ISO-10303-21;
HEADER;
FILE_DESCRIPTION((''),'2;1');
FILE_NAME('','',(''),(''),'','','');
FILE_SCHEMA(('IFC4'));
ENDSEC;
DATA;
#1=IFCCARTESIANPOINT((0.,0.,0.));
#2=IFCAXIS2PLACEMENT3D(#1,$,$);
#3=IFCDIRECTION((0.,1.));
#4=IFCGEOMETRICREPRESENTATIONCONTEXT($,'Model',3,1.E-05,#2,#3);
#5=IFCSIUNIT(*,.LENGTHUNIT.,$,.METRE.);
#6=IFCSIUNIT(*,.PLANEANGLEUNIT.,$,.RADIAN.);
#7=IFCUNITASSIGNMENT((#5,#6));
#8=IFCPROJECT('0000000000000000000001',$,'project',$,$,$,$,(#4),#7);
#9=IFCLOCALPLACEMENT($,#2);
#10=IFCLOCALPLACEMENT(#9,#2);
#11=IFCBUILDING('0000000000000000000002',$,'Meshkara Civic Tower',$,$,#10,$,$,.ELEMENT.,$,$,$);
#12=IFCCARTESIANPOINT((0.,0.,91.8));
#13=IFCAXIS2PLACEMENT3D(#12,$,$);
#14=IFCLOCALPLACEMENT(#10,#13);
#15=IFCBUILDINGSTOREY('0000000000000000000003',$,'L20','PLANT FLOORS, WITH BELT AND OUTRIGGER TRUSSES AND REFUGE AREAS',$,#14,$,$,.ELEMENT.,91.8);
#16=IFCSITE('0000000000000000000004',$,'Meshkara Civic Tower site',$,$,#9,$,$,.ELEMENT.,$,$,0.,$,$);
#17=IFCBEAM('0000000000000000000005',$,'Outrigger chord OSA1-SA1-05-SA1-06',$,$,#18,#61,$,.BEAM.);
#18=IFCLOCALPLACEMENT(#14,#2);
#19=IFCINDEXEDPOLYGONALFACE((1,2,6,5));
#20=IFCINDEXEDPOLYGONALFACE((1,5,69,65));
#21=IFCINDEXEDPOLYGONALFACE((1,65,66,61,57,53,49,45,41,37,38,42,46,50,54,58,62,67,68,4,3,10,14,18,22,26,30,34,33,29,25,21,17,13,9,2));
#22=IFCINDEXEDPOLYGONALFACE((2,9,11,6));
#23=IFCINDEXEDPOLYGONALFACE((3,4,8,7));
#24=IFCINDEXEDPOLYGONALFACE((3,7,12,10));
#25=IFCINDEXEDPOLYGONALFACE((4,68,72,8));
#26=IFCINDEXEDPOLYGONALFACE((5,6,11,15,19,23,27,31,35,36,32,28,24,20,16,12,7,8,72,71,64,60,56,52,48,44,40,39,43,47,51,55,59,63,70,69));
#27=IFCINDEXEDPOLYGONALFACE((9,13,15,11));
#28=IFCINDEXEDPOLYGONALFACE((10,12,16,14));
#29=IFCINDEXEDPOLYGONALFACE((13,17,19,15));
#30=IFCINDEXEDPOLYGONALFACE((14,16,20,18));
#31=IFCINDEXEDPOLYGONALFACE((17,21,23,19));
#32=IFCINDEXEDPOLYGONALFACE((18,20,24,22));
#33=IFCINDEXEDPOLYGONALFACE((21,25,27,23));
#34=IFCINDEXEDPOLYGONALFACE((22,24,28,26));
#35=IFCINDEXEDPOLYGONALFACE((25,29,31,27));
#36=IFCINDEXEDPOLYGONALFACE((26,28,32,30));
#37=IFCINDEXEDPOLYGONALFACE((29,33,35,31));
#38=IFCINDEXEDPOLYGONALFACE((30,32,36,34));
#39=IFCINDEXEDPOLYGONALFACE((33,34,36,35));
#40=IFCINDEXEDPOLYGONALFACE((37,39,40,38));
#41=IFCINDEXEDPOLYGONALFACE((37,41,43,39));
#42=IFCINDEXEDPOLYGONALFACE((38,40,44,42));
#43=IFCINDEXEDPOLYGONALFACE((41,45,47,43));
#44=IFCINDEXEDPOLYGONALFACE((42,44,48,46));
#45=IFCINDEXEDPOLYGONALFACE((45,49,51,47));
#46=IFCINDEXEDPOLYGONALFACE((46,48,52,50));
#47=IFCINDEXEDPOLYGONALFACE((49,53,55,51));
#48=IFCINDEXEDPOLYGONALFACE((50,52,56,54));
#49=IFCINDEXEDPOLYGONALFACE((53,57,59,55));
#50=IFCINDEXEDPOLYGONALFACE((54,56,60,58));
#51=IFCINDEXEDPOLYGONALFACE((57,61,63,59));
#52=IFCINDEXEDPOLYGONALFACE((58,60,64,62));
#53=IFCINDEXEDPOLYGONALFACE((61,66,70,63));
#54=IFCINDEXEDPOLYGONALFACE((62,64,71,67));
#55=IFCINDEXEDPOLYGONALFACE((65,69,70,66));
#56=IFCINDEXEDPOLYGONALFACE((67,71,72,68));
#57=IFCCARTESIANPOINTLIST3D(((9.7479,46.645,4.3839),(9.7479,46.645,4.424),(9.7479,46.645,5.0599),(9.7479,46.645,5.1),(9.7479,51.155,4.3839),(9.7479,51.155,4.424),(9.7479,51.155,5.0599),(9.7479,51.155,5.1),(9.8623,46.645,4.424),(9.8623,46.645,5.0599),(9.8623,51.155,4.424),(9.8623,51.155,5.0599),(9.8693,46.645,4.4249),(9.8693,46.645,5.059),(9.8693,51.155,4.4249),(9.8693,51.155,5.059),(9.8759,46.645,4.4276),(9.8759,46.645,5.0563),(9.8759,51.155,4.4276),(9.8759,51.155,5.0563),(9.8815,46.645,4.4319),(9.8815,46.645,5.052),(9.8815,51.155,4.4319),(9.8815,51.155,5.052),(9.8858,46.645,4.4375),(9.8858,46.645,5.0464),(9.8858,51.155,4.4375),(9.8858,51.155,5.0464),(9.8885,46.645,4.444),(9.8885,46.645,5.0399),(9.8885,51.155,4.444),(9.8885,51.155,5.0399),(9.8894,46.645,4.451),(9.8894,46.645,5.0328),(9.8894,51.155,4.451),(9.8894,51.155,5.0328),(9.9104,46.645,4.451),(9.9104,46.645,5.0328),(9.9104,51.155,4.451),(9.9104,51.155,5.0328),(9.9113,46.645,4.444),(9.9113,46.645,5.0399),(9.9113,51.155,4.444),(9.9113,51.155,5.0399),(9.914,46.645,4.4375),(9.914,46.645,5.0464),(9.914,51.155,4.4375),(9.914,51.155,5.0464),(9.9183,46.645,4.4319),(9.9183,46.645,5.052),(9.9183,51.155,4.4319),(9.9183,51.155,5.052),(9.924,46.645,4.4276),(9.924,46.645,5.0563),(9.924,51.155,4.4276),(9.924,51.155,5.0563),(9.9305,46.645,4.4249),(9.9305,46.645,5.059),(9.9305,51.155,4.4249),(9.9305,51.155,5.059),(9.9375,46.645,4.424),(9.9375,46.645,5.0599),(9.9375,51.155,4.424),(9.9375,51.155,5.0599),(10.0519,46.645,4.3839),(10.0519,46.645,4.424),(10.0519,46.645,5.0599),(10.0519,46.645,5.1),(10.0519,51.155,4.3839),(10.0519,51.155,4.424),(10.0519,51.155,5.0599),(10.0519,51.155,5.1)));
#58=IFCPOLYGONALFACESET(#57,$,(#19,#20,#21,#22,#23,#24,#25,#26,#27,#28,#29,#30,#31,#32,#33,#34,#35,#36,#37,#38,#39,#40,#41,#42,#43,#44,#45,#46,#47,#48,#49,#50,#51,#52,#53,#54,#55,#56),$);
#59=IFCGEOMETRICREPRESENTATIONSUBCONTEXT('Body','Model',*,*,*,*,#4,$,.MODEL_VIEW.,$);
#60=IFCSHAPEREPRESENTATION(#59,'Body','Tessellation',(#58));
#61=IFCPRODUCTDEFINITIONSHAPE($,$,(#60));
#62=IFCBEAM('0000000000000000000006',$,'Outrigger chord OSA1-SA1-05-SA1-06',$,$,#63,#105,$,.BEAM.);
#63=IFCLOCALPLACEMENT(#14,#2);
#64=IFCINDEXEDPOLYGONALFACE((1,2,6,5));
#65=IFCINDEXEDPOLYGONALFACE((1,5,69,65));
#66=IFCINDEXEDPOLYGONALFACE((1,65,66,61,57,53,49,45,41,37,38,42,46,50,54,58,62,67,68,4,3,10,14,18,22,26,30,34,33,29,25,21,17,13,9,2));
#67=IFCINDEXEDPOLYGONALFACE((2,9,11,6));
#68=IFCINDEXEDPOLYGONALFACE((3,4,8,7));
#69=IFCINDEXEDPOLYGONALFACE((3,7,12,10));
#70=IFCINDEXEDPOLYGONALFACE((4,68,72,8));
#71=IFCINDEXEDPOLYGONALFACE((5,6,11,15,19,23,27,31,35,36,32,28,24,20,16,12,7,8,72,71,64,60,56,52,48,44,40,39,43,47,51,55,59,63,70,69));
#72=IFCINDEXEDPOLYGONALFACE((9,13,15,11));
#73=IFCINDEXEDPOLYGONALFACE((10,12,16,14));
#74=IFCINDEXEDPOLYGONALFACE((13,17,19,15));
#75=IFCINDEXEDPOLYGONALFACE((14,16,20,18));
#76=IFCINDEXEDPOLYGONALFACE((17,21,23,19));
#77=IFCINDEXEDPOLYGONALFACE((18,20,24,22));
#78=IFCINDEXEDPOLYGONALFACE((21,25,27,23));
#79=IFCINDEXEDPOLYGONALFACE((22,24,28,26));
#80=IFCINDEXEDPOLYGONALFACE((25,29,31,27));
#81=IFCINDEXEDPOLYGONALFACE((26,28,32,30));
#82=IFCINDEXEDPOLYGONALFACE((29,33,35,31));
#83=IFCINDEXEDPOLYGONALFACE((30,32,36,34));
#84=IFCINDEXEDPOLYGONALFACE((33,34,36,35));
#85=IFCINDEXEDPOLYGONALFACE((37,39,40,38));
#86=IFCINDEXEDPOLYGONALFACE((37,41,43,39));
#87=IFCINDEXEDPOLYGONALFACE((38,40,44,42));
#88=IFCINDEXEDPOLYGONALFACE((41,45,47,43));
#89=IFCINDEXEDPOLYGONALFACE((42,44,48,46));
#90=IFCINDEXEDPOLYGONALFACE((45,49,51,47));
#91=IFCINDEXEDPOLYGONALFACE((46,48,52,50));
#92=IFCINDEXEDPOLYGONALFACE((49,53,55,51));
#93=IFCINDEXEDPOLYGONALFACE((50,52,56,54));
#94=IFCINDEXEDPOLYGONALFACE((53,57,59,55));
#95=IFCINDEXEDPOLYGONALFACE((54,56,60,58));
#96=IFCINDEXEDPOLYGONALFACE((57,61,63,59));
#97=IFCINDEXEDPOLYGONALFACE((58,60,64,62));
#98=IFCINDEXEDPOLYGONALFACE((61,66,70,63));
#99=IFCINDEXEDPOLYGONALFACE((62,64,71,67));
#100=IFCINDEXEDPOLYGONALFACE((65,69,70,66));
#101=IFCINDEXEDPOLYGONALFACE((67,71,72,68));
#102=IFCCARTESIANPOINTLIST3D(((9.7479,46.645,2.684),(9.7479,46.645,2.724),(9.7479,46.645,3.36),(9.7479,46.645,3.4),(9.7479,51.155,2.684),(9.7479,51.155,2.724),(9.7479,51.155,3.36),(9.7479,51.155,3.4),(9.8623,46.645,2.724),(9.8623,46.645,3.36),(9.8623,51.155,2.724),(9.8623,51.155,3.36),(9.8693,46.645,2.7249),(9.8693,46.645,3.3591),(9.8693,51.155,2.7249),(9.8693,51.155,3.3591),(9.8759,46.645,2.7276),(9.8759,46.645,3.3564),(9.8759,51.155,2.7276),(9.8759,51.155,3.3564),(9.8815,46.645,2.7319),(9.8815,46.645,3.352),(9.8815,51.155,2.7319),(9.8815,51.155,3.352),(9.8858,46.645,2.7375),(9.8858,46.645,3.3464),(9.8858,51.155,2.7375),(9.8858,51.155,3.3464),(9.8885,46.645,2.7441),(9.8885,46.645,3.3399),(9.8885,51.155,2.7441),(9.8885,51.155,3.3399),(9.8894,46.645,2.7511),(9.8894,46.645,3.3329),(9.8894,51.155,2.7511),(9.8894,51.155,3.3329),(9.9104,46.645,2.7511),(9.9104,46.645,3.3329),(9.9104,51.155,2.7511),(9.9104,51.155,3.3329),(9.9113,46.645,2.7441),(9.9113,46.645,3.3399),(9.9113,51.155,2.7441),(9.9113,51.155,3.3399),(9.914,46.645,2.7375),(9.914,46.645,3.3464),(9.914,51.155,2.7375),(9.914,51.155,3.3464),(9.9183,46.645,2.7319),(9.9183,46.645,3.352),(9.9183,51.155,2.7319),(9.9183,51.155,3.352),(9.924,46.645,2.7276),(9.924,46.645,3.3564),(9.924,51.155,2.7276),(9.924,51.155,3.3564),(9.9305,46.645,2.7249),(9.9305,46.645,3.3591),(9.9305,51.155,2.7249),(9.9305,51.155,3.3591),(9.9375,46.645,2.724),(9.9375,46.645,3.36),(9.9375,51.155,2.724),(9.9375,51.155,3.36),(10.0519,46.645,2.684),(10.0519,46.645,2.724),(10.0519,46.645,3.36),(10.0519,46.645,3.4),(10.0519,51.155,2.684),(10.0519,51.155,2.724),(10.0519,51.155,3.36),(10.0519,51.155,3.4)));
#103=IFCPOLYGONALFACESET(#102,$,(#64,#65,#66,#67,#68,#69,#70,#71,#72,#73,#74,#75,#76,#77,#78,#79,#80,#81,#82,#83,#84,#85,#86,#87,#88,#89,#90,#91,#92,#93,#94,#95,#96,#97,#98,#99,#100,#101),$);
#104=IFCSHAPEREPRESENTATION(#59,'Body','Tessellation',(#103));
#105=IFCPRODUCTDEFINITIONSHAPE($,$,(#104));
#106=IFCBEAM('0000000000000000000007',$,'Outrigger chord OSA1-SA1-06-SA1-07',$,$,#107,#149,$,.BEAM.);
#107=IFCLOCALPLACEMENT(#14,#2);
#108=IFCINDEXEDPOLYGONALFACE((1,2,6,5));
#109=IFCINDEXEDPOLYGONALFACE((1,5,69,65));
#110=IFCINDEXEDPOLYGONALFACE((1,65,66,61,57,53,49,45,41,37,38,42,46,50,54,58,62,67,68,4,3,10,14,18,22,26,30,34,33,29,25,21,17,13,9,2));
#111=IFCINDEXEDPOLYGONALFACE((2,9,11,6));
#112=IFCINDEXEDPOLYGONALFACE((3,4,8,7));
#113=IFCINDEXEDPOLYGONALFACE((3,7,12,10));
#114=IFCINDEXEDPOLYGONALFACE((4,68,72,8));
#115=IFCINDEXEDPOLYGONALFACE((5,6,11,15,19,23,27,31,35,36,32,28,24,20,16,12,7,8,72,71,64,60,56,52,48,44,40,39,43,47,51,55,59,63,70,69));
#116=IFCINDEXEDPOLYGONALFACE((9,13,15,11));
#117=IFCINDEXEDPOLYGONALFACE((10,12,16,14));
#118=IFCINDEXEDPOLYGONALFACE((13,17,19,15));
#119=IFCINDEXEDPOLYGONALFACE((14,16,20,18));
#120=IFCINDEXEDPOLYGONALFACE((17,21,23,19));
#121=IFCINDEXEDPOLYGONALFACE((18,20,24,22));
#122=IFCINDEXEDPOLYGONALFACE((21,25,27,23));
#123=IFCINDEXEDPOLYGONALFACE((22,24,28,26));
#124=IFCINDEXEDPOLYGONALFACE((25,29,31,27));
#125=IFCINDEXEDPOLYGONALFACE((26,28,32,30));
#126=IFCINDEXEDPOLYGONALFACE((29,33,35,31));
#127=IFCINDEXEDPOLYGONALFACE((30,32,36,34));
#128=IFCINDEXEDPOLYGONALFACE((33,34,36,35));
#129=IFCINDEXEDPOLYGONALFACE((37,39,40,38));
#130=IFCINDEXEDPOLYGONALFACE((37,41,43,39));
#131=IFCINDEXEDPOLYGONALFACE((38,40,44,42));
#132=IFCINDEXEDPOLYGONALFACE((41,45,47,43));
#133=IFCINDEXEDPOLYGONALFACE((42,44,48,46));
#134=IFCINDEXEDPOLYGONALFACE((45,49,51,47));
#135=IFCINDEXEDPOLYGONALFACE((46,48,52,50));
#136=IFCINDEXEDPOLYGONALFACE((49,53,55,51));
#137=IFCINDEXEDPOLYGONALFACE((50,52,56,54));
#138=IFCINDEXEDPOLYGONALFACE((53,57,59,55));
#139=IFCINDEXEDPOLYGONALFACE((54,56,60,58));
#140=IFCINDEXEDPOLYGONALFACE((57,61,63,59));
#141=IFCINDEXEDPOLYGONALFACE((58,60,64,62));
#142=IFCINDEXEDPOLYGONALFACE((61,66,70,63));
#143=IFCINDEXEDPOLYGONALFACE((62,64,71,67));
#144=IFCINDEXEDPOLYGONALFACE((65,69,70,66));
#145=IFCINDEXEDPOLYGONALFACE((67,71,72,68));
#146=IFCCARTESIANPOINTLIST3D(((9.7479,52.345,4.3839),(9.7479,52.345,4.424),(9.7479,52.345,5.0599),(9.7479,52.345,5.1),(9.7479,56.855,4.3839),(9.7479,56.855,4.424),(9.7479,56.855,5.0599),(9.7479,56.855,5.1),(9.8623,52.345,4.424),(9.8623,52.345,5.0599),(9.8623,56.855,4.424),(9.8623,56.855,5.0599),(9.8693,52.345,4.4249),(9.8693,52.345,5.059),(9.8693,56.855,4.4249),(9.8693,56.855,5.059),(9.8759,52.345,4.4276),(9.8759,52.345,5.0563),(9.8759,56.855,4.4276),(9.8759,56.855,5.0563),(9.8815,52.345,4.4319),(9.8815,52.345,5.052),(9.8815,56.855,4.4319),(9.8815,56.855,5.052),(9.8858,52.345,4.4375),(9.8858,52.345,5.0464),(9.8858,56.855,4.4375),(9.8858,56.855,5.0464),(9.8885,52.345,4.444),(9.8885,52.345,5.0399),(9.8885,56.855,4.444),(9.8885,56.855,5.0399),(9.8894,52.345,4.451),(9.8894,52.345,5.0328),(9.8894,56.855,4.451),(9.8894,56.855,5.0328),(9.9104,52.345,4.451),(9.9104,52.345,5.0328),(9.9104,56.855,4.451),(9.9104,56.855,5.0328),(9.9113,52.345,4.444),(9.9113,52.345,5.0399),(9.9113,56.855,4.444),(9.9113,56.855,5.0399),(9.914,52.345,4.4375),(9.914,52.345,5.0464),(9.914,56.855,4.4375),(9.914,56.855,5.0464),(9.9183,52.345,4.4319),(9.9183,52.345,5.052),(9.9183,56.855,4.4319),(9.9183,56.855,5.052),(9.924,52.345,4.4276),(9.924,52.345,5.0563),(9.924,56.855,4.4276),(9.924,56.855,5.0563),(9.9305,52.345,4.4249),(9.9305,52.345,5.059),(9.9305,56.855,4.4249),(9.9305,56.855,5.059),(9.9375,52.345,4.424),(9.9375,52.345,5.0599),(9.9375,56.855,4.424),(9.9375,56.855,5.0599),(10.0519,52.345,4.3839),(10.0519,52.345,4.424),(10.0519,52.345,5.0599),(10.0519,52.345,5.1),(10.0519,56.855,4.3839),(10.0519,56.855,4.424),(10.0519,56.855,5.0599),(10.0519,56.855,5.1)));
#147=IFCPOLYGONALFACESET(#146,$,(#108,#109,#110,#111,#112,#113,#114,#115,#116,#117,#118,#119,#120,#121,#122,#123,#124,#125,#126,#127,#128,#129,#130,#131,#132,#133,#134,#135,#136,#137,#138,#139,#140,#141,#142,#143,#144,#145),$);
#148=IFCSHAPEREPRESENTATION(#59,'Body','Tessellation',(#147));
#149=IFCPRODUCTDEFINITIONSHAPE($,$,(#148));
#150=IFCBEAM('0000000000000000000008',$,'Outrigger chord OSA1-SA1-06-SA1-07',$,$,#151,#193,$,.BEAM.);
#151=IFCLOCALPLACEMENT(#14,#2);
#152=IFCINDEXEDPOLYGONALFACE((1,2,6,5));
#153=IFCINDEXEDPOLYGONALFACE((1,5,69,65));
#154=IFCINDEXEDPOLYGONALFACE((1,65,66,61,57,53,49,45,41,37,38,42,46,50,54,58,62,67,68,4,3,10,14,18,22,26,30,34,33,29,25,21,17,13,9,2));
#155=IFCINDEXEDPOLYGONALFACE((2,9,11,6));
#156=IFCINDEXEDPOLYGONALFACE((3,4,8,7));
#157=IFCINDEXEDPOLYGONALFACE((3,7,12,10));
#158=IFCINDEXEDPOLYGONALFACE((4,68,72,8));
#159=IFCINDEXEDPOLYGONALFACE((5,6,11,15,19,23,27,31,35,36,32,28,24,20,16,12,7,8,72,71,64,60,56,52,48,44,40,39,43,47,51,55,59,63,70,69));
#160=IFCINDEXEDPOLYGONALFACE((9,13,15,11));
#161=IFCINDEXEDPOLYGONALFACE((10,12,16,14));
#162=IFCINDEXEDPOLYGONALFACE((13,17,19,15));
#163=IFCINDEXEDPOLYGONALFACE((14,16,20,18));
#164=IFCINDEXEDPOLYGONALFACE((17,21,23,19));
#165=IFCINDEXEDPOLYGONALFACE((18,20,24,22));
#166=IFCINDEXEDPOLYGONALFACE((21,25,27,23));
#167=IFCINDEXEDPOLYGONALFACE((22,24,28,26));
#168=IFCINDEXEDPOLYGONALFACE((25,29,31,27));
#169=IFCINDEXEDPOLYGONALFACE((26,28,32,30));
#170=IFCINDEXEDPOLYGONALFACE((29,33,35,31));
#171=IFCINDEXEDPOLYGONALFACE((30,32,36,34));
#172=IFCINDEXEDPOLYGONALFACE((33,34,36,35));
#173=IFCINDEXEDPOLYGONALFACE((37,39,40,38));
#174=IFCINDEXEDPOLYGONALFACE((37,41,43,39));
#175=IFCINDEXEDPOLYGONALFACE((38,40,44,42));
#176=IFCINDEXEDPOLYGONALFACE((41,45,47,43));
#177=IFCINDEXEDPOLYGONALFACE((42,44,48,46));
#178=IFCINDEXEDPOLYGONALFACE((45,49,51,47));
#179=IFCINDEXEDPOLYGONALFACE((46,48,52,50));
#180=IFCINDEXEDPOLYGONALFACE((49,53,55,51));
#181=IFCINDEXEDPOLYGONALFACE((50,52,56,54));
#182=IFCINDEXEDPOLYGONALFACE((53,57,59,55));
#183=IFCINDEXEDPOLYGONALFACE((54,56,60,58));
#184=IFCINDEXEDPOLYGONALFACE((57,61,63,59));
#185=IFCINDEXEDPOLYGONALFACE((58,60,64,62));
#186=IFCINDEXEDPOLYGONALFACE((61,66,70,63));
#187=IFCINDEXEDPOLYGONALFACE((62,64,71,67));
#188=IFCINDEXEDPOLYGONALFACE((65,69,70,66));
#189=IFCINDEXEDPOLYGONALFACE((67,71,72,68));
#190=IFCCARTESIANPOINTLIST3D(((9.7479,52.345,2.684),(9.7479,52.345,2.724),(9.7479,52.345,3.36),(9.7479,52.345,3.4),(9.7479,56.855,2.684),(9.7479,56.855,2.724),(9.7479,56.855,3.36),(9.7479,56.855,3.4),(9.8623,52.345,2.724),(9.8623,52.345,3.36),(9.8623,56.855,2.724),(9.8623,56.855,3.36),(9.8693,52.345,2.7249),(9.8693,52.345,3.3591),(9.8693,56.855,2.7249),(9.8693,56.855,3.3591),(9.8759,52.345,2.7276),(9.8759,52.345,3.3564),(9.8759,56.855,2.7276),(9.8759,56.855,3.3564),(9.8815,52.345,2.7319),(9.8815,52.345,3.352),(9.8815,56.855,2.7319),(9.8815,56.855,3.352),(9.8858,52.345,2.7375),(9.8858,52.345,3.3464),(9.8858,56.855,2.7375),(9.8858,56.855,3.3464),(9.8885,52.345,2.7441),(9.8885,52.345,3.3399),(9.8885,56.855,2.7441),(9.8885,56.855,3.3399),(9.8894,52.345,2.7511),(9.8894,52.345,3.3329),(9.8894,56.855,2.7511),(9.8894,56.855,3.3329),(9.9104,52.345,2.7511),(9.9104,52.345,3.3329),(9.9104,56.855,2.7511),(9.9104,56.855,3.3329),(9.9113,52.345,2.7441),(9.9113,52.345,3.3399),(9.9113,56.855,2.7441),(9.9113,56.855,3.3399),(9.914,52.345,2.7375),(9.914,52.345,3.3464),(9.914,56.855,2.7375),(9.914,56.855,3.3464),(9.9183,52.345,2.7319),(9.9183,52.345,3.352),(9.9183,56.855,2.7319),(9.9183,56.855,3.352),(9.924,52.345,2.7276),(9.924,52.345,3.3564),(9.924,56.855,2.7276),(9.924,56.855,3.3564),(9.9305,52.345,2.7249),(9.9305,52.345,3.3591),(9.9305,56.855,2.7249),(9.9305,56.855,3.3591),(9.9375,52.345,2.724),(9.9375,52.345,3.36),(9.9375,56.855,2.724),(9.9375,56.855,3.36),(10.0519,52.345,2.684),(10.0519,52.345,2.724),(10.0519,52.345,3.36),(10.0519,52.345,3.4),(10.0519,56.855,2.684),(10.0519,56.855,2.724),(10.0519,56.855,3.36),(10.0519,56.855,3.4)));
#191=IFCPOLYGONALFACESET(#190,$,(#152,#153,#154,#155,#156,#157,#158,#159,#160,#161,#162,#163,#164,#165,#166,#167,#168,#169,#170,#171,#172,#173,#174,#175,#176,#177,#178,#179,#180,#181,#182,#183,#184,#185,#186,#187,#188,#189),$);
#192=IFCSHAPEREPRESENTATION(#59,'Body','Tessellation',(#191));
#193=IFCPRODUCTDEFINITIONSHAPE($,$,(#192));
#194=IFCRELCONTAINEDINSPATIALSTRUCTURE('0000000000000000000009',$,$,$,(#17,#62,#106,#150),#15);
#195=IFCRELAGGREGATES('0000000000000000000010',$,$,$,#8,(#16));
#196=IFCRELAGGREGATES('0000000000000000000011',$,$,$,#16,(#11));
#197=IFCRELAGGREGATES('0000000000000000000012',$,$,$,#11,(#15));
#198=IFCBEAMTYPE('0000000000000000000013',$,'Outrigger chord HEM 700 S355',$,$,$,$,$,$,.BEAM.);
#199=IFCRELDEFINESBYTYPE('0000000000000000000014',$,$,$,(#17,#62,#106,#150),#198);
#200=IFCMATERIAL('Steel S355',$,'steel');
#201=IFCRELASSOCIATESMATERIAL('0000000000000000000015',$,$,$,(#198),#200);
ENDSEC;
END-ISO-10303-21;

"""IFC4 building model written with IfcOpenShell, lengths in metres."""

from ifc_helpers import new_model, si_unit, direction, frame, origin, origin_2d, place, context, subcontext, project, spatial, i_section, extrude, material, material_profile, profile_set, type_object, element, save


model = new_model("IFC4")

# Units and contexts
model_context = context("Model", 3, precision=1e-05, world=origin(), true_north=direction((0.0, 1.0)))
body_context = subcontext(model_context, "Body", "Model", "MODEL_VIEW")
ifc_project = project(units=[si_unit("LENGTHUNIT", "METRE"), si_unit("PLANEANGLEUNIT", "RADIAN")], contexts=[model_context])

# Site, building, storey
site_placement = place(None, origin())
site = spatial("IfcSite", under=ifc_project, at=site_placement, Name="Meshkara Civic Tower site", CompositionType="ELEMENT", RefElevation=0.0)
building_placement = place(site_placement, origin())
building = spatial("IfcBuilding", under=site, at=building_placement, Name="Meshkara Civic Tower", CompositionType="ELEMENT")
storey_placement = place(building_placement, frame((0.0, 0.0, 91.8)))
storey = spatial("IfcBuildingStorey", under=building, at=storey_placement, Name="L20", Description="PLANT FLOORS, WITH BELT AND OUTRIGGER TRUSSES AND REFUGE AREAS", CompositionType="ELEMENT", Elevation=91.8)

# Beams
ifc_material_1 = material(Name="Steel S355", Category="steel")
ifc_material_profile_1 = material_profile(ifc_material_1, i_section(OverallWidth=0.304, OverallDepth=0.7161, WebThickness=0.021, FlangeThickness=0.04, FilletRadius=0.0271, at=origin_2d()))
ifc_profile_set_1 = profile_set([ifc_material_profile_1], Name="Steel S355")
beam_type_1 = type_object("IfcBeamType", Name="Outrigger chord HEM 700 S355", PredefinedType="BEAM", material=ifc_profile_set_1)
for number, where, z_axis, x_axis, name in (
    (1, (9.8999, 46.645, 4.7419), (0.0, 1.0, 0.0), (-1.0, 0.0, 0.0), "Outrigger chord OSA1-SA1-05-SA1-06"),
    (2, (9.8999, 46.645, 3.042), (0.0, 1.0, 0.0), (-1.0, 0.0, 0.0), "Outrigger chord OSA1-SA1-05-SA1-06"),
    (3, (9.8999, 52.345, 4.7419), (0.0, 1.0, 0.0), (-1.0, 0.0, 0.0), "Outrigger chord OSA1-SA1-06-SA1-07"),
    (4, (9.8999, 52.345, 3.042), (0.0, 1.0, 0.0), (-1.0, 0.0, 0.0), "Outrigger chord OSA1-SA1-06-SA1-07"),
):
    element("IfcBeam", number, at=place(storey_placement, frame(where, z_axis=z_axis, x_axis=x_axis)), inside=storey, type_object=beam_type_1, Name=name, PredefinedType="BEAM", context=body_context, shape_type="SweptSolid", body=[
        extrude(i_section(OverallWidth=0.304, OverallDepth=0.7161, WebThickness=0.021, FlangeThickness=0.04, FilletRadius=0.0271, at=origin_2d()), origin(), (0.0, 0.0, 1.0), 4.51),
    ])

save(model, "model.ifc")
